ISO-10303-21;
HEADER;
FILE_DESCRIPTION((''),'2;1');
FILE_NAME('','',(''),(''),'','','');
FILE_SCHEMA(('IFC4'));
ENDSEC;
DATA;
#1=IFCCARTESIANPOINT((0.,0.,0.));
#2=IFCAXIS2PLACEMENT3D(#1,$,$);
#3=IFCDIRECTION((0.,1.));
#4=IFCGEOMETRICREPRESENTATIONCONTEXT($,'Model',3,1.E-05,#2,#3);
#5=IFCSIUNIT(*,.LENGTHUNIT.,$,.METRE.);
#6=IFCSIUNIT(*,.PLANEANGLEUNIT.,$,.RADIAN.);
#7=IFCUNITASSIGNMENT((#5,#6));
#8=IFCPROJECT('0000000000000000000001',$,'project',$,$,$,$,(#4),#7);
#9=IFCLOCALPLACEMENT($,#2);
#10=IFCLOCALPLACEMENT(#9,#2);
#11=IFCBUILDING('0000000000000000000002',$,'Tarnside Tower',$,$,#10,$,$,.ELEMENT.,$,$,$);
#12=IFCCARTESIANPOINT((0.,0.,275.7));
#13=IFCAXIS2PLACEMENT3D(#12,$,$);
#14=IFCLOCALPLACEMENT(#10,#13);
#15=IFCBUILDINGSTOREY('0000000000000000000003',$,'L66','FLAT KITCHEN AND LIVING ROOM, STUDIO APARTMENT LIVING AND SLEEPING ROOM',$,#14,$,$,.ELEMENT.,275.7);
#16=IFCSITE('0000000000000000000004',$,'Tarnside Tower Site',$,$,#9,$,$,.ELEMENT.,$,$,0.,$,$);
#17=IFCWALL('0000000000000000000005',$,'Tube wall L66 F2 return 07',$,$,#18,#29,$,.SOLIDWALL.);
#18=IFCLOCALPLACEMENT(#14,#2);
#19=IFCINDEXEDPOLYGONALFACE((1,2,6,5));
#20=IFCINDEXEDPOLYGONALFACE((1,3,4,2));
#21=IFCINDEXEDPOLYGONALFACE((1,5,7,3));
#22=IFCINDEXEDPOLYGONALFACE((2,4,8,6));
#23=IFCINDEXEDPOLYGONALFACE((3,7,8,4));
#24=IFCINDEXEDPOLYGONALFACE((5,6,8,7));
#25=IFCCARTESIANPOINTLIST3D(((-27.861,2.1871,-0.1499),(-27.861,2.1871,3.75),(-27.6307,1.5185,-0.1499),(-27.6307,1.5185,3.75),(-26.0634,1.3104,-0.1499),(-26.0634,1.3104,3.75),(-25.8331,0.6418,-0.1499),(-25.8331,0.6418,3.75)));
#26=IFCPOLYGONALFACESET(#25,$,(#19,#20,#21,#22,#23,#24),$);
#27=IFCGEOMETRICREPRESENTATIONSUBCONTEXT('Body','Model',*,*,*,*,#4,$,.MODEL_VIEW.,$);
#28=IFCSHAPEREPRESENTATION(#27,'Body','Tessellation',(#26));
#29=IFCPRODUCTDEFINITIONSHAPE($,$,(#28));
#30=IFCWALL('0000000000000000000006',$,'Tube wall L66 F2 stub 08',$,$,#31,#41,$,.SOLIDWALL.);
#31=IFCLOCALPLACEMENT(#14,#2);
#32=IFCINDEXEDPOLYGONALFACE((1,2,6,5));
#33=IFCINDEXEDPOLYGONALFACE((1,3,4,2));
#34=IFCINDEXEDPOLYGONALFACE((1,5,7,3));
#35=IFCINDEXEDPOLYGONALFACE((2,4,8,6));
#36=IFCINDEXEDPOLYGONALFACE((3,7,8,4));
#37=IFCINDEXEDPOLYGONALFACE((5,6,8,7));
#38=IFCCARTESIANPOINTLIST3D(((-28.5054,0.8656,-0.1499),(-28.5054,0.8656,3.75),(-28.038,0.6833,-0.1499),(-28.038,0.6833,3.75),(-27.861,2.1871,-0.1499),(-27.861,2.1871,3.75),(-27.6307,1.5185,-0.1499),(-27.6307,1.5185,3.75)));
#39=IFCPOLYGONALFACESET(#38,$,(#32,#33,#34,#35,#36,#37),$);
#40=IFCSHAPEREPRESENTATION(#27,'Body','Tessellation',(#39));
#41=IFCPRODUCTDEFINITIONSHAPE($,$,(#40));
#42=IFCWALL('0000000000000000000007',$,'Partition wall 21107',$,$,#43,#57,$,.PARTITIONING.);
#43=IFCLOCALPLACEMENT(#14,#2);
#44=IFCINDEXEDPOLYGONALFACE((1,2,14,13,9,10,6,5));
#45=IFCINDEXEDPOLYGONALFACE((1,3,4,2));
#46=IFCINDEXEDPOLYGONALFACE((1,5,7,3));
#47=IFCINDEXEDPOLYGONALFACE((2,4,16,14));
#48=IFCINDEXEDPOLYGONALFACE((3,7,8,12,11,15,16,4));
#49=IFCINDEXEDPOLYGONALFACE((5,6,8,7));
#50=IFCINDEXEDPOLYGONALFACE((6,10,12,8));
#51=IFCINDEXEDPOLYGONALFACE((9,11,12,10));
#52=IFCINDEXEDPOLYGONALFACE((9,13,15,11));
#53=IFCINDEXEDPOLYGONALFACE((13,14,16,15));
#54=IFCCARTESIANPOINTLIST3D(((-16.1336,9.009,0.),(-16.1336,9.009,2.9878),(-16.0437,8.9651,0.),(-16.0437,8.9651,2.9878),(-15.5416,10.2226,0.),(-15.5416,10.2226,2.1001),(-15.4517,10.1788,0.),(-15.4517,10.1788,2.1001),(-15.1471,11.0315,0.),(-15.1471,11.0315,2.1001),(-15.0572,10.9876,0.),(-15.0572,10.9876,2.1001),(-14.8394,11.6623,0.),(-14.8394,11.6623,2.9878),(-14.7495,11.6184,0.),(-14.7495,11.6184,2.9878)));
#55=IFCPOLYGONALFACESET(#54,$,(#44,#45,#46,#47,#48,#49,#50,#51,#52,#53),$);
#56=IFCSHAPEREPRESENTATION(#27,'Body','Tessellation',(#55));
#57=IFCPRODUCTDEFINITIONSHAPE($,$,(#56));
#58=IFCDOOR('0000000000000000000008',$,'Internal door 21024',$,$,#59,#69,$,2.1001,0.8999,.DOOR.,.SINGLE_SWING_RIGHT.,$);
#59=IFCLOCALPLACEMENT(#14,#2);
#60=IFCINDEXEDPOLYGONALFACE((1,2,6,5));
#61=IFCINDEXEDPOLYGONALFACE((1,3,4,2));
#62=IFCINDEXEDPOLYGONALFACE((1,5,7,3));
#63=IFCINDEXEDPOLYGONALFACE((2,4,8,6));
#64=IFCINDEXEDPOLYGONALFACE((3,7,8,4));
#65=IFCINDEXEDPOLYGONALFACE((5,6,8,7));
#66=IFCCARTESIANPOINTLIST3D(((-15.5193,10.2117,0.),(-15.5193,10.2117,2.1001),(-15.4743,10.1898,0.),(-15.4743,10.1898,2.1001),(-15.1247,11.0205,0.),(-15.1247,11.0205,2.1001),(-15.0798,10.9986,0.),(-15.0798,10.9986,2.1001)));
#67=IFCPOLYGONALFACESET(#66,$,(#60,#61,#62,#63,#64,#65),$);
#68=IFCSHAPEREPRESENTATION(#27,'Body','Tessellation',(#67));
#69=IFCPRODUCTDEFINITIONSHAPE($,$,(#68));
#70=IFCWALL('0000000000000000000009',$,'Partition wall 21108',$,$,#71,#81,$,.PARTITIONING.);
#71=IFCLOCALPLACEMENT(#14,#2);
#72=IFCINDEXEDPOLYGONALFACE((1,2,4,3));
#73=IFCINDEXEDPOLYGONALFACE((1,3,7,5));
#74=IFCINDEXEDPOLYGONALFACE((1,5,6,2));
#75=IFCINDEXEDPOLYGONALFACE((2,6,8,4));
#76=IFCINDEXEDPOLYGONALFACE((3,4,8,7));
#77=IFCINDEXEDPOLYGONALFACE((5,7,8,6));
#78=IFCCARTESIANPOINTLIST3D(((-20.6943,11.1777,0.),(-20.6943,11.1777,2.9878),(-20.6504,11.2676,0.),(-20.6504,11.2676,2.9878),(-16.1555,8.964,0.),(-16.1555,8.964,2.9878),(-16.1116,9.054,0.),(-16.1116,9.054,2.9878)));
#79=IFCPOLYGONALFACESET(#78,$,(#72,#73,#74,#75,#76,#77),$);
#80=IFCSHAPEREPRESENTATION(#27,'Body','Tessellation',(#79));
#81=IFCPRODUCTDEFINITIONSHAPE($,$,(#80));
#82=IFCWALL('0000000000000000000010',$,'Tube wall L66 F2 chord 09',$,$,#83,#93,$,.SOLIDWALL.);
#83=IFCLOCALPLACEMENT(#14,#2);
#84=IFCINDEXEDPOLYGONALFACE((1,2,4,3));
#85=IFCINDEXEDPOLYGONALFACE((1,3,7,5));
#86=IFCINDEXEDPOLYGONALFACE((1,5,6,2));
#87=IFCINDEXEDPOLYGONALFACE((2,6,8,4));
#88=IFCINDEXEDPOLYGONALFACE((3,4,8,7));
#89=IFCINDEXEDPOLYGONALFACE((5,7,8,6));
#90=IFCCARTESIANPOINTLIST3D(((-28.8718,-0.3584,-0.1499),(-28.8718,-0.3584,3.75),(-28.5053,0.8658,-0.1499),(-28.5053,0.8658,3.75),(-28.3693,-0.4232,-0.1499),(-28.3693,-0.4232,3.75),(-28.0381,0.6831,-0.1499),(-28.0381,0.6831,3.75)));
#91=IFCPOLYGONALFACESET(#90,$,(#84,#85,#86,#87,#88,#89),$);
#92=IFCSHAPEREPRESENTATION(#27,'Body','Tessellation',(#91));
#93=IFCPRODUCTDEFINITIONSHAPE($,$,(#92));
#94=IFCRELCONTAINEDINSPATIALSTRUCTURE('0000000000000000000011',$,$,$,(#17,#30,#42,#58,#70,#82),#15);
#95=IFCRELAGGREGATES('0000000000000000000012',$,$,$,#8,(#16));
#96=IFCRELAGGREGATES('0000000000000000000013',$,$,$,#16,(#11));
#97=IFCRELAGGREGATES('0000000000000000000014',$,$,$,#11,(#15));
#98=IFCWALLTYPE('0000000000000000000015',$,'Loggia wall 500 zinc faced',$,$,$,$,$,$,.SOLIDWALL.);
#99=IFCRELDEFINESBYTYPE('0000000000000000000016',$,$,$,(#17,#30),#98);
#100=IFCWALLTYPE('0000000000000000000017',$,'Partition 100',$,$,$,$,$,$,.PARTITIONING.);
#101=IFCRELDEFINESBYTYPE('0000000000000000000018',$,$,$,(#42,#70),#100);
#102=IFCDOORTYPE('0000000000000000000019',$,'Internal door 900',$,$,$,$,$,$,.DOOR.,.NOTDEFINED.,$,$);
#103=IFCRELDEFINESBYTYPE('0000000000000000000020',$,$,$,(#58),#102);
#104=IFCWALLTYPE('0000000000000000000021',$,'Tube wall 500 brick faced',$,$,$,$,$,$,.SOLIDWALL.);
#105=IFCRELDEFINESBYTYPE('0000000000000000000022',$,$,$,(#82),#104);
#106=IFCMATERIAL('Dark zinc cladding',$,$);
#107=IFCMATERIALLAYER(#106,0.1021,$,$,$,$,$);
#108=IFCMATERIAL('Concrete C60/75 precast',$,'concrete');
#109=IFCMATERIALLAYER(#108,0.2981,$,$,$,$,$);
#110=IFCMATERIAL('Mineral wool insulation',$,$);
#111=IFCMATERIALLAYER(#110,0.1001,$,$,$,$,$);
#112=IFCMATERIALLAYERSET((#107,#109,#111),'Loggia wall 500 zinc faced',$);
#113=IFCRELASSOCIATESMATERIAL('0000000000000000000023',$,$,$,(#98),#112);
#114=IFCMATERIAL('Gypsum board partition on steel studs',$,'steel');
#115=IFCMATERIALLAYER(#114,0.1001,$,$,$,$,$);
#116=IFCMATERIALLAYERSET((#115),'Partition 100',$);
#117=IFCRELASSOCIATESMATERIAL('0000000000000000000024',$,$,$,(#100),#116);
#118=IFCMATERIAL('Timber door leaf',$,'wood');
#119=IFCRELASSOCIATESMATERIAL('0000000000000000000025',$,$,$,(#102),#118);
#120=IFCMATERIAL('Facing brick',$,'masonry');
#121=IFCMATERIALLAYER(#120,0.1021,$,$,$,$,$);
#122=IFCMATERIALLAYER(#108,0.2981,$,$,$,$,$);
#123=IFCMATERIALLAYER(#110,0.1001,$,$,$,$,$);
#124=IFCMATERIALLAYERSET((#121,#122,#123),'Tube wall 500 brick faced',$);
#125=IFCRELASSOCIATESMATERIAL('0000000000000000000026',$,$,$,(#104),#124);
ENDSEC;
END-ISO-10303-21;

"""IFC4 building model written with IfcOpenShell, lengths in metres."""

from ifc_helpers import new_model, si_unit, direction, frame, frame_2d, origin, place, context, subcontext, project, spatial, polyline, rectangle, outline, extrude, material, layer, layer_set, type_object, element, fill, save


model = new_model("IFC4")

# Units and contexts
model_context = context("Model", 3, precision=1e-05, world=origin(), true_north=direction((0.0, 1.0)))
body_context = subcontext(model_context, "Body", "Model", "MODEL_VIEW")
ifc_project = project(units=[si_unit("LENGTHUNIT", "METRE"), si_unit("PLANEANGLEUNIT", "RADIAN")], contexts=[model_context])

# Site, building, storey
site_placement = place(None, origin())
site = spatial("IfcSite", under=ifc_project, at=site_placement, Name="Tarnside Tower Site", CompositionType="ELEMENT", RefElevation=0.0)
building_placement = place(site_placement, origin())
building = spatial("IfcBuilding", under=site, at=building_placement, Name="Tarnside Tower", CompositionType="ELEMENT")
storey_placement = place(building_placement, frame((0.0, 0.0, 275.7)))
storey = spatial("IfcBuildingStorey", under=building, at=storey_placement, Name="L66", Description="FLAT KITCHEN AND LIVING ROOM, STUDIO APARTMENT LIVING AND SLEEPING ROOM", CompositionType="ELEMENT", Elevation=275.7)

# Shared definitions
ifc_material_1 = material(Name="Gypsum board partition on steel studs", Category="steel")

# Shared definitions
ifc_material_2 = material(Name="Timber door leaf", Category="wood")

# Walls
ifc_material_3 = material(Name="Dark zinc cladding")
ifc_layer_1 = layer(ifc_material_3, 0.1021)
ifc_material_4 = material(Name="Concrete C60/75 precast", Category="concrete")
ifc_layer_2 = layer(ifc_material_4, 0.2981)
ifc_material_5 = material(Name="Mineral wool insulation")
ifc_layer_3 = layer(ifc_material_5, 0.1001)
ifc_layer_set_1 = layer_set([ifc_layer_1, ifc_layer_2, ifc_layer_3], Name="Loggia wall 500 zinc faced")
wall_type_1 = type_object("IfcWallType", Name="Loggia wall 500 zinc faced", PredefinedType="SOLIDWALL", material=ifc_layer_set_1)
wall_1_placement = place(storey_placement, frame((-25.9482, 0.9761, -0.1499), z_axis=(0.0, 0.0, 1.0), x_axis=(-0.898802, 0.438354, 0.0)))
element("IfcWall", 1, at=wall_1_placement, inside=storey, type_object=wall_type_1, Name="Tube wall L66 F2 return 07", PredefinedType="SOLIDWALL", context=body_context, shape_type="SweptSolid", body=[
    extrude(outline(polyline([(0.25, -0.25), (2.25, -0.25), (1.75, 0.25), (-0.25, 0.25), (0.25, -0.25)])), origin(), (0.0, 0.0, 1.0), 3.8999),
])
wall_2_placement = place(storey_placement, frame((-27.7458, 1.8528, -0.1499), z_axis=(0.0, 0.0, 1.0), x_axis=(-0.438319, -0.898819, 0.0)))
element("IfcWall", 2, at=wall_2_placement, inside=storey, type_object=wall_type_1, Name="Tube wall L66 F2 stub 08", PredefinedType="SOLIDWALL", context=body_context, shape_type="SweptSolid", body=[
    extrude(outline(polyline([(-0.25, -0.25), (1.2202, -0.25), (1.1792, 0.25), (0.25, 0.25), (-0.25, -0.25)])), origin(), (0.0, 0.0, 1.0), 3.8999),
])

# Wall, opening, door
ifc_layer_4 = layer(ifc_material_1, 0.1001)
ifc_layer_set_2 = layer_set([ifc_layer_4], Name="Partition 100")
wall_type_2 = type_object("IfcWallType", Name="Partition 100", PredefinedType="PARTITIONING", material=ifc_layer_set_2)
wall_3_placement = place(storey_placement, frame((-14.7944, 11.6404, 0.0), z_axis=(0.0, 0.0, 1.0), x_axis=(-0.438393, -0.898784, 0.0)))
wall_3 = element("IfcWall", 3, at=wall_3_placement, inside=storey, type_object=wall_type_2, Name="Partition wall 21107", PredefinedType="PARTITIONING", context=body_context, shape_type="SweptSolid", body=[
    extrude(rectangle(XDim=2.9521, YDim=0.1001, at=frame_2d((1.4761, 0.0))), origin(), (0.0, 0.0, 1.0), 2.9878),
])
opening_1_placement = place(wall_3_placement, frame((0.7019, 0.0, 0.0)))
opening_1 = element("IfcOpeningElement", 4, at=opening_1_placement, cuts=wall_3, PredefinedType="OPENING", context=body_context, shape_type="SweptSolid", body=[
    extrude(rectangle(XDim=0.8999, YDim=2.1001, at=frame_2d((0.45, 1.05))), frame((0.0, 0.0601, 0.0), z_axis=(0.0, -1.0, 0.0), x_axis=(1.0, 0.0, 0.0)), (0.0, 0.0, 1.0), 0.1201),
])
door_type_1 = type_object("IfcDoorType", Name="Internal door 900", OperationType="NOTDEFINED", PredefinedType="DOOR", material=ifc_material_2)
door_1_placement = place(opening_1_placement, origin())
door_1 = element("IfcDoor", 5, at=door_1_placement, inside=storey, type_object=door_type_1, Name="Internal door 21024", OperationType="SINGLE_SWING_RIGHT", OverallHeight=2.1001, OverallWidth=0.8999, PredefinedType="DOOR", context=body_context, shape_type="SweptSolid", body=[
    extrude(rectangle(XDim=0.8999, YDim=2.1001, at=frame_2d((0.45, 1.05))), frame((0.0, 0.0249, 0.0), z_axis=(0.0, -1.0, 0.0), x_axis=(1.0, 0.0, 0.0)), (0.0, 0.0, 1.0), 0.05),
])
fill(opening_1, door_1)

# Walls
wall_4_placement = place(storey_placement, frame((-16.1335, 9.009, 0.0), z_axis=(0.0, 0.0, 1.0), x_axis=(-0.898802, 0.438354, 0.0)))
element("IfcWall", 6, at=wall_4_placement, inside=storey, type_object=wall_type_2, Name="Partition wall 21108", PredefinedType="PARTITIONING", context=body_context, shape_type="SweptSolid", body=[
    extrude(rectangle(XDim=5.0498, YDim=0.1001, at=frame_2d((2.5249, 0.0))), origin(), (0.0, 0.0, 1.0), 2.9878),
])
ifc_material_6 = material(Name="Facing brick", Category="masonry")
ifc_layer_5 = layer(ifc_material_6, 0.1021)
ifc_layer_6 = layer(ifc_material_4, 0.2981)
ifc_layer_7 = layer(ifc_material_5, 0.1001)
ifc_layer_set_3 = layer_set([ifc_layer_5, ifc_layer_6, ifc_layer_7], Name="Tube wall 500 brick faced")
wall_type_3 = type_object("IfcWallType", Name="Tube wall 500 brick faced", PredefinedType="SOLIDWALL", material=ifc_layer_set_3)
wall_5_placement = place(storey_placement, frame((-28.2717, 0.7744, -0.1499), z_axis=(0.0, 0.0, 1.0), x_axis=(-0.286814, -0.957986, 0.0)))
element("IfcWall", 7, at=wall_5_placement, inside=storey, type_object=wall_type_3, Name="Tube wall L66 F2 chord 09", PredefinedType="SOLIDWALL", context=body_context, shape_type="SweptSolid", body=[
    extrude(outline(polyline([(-0.0205, -0.25), (1.2573, -0.25), (1.1753, 0.25), (0.0205, 0.25), (-0.0205, -0.25)])), origin(), (0.0, 0.0, 1.0), 3.8999),
])

save(model, "model.ifc")
